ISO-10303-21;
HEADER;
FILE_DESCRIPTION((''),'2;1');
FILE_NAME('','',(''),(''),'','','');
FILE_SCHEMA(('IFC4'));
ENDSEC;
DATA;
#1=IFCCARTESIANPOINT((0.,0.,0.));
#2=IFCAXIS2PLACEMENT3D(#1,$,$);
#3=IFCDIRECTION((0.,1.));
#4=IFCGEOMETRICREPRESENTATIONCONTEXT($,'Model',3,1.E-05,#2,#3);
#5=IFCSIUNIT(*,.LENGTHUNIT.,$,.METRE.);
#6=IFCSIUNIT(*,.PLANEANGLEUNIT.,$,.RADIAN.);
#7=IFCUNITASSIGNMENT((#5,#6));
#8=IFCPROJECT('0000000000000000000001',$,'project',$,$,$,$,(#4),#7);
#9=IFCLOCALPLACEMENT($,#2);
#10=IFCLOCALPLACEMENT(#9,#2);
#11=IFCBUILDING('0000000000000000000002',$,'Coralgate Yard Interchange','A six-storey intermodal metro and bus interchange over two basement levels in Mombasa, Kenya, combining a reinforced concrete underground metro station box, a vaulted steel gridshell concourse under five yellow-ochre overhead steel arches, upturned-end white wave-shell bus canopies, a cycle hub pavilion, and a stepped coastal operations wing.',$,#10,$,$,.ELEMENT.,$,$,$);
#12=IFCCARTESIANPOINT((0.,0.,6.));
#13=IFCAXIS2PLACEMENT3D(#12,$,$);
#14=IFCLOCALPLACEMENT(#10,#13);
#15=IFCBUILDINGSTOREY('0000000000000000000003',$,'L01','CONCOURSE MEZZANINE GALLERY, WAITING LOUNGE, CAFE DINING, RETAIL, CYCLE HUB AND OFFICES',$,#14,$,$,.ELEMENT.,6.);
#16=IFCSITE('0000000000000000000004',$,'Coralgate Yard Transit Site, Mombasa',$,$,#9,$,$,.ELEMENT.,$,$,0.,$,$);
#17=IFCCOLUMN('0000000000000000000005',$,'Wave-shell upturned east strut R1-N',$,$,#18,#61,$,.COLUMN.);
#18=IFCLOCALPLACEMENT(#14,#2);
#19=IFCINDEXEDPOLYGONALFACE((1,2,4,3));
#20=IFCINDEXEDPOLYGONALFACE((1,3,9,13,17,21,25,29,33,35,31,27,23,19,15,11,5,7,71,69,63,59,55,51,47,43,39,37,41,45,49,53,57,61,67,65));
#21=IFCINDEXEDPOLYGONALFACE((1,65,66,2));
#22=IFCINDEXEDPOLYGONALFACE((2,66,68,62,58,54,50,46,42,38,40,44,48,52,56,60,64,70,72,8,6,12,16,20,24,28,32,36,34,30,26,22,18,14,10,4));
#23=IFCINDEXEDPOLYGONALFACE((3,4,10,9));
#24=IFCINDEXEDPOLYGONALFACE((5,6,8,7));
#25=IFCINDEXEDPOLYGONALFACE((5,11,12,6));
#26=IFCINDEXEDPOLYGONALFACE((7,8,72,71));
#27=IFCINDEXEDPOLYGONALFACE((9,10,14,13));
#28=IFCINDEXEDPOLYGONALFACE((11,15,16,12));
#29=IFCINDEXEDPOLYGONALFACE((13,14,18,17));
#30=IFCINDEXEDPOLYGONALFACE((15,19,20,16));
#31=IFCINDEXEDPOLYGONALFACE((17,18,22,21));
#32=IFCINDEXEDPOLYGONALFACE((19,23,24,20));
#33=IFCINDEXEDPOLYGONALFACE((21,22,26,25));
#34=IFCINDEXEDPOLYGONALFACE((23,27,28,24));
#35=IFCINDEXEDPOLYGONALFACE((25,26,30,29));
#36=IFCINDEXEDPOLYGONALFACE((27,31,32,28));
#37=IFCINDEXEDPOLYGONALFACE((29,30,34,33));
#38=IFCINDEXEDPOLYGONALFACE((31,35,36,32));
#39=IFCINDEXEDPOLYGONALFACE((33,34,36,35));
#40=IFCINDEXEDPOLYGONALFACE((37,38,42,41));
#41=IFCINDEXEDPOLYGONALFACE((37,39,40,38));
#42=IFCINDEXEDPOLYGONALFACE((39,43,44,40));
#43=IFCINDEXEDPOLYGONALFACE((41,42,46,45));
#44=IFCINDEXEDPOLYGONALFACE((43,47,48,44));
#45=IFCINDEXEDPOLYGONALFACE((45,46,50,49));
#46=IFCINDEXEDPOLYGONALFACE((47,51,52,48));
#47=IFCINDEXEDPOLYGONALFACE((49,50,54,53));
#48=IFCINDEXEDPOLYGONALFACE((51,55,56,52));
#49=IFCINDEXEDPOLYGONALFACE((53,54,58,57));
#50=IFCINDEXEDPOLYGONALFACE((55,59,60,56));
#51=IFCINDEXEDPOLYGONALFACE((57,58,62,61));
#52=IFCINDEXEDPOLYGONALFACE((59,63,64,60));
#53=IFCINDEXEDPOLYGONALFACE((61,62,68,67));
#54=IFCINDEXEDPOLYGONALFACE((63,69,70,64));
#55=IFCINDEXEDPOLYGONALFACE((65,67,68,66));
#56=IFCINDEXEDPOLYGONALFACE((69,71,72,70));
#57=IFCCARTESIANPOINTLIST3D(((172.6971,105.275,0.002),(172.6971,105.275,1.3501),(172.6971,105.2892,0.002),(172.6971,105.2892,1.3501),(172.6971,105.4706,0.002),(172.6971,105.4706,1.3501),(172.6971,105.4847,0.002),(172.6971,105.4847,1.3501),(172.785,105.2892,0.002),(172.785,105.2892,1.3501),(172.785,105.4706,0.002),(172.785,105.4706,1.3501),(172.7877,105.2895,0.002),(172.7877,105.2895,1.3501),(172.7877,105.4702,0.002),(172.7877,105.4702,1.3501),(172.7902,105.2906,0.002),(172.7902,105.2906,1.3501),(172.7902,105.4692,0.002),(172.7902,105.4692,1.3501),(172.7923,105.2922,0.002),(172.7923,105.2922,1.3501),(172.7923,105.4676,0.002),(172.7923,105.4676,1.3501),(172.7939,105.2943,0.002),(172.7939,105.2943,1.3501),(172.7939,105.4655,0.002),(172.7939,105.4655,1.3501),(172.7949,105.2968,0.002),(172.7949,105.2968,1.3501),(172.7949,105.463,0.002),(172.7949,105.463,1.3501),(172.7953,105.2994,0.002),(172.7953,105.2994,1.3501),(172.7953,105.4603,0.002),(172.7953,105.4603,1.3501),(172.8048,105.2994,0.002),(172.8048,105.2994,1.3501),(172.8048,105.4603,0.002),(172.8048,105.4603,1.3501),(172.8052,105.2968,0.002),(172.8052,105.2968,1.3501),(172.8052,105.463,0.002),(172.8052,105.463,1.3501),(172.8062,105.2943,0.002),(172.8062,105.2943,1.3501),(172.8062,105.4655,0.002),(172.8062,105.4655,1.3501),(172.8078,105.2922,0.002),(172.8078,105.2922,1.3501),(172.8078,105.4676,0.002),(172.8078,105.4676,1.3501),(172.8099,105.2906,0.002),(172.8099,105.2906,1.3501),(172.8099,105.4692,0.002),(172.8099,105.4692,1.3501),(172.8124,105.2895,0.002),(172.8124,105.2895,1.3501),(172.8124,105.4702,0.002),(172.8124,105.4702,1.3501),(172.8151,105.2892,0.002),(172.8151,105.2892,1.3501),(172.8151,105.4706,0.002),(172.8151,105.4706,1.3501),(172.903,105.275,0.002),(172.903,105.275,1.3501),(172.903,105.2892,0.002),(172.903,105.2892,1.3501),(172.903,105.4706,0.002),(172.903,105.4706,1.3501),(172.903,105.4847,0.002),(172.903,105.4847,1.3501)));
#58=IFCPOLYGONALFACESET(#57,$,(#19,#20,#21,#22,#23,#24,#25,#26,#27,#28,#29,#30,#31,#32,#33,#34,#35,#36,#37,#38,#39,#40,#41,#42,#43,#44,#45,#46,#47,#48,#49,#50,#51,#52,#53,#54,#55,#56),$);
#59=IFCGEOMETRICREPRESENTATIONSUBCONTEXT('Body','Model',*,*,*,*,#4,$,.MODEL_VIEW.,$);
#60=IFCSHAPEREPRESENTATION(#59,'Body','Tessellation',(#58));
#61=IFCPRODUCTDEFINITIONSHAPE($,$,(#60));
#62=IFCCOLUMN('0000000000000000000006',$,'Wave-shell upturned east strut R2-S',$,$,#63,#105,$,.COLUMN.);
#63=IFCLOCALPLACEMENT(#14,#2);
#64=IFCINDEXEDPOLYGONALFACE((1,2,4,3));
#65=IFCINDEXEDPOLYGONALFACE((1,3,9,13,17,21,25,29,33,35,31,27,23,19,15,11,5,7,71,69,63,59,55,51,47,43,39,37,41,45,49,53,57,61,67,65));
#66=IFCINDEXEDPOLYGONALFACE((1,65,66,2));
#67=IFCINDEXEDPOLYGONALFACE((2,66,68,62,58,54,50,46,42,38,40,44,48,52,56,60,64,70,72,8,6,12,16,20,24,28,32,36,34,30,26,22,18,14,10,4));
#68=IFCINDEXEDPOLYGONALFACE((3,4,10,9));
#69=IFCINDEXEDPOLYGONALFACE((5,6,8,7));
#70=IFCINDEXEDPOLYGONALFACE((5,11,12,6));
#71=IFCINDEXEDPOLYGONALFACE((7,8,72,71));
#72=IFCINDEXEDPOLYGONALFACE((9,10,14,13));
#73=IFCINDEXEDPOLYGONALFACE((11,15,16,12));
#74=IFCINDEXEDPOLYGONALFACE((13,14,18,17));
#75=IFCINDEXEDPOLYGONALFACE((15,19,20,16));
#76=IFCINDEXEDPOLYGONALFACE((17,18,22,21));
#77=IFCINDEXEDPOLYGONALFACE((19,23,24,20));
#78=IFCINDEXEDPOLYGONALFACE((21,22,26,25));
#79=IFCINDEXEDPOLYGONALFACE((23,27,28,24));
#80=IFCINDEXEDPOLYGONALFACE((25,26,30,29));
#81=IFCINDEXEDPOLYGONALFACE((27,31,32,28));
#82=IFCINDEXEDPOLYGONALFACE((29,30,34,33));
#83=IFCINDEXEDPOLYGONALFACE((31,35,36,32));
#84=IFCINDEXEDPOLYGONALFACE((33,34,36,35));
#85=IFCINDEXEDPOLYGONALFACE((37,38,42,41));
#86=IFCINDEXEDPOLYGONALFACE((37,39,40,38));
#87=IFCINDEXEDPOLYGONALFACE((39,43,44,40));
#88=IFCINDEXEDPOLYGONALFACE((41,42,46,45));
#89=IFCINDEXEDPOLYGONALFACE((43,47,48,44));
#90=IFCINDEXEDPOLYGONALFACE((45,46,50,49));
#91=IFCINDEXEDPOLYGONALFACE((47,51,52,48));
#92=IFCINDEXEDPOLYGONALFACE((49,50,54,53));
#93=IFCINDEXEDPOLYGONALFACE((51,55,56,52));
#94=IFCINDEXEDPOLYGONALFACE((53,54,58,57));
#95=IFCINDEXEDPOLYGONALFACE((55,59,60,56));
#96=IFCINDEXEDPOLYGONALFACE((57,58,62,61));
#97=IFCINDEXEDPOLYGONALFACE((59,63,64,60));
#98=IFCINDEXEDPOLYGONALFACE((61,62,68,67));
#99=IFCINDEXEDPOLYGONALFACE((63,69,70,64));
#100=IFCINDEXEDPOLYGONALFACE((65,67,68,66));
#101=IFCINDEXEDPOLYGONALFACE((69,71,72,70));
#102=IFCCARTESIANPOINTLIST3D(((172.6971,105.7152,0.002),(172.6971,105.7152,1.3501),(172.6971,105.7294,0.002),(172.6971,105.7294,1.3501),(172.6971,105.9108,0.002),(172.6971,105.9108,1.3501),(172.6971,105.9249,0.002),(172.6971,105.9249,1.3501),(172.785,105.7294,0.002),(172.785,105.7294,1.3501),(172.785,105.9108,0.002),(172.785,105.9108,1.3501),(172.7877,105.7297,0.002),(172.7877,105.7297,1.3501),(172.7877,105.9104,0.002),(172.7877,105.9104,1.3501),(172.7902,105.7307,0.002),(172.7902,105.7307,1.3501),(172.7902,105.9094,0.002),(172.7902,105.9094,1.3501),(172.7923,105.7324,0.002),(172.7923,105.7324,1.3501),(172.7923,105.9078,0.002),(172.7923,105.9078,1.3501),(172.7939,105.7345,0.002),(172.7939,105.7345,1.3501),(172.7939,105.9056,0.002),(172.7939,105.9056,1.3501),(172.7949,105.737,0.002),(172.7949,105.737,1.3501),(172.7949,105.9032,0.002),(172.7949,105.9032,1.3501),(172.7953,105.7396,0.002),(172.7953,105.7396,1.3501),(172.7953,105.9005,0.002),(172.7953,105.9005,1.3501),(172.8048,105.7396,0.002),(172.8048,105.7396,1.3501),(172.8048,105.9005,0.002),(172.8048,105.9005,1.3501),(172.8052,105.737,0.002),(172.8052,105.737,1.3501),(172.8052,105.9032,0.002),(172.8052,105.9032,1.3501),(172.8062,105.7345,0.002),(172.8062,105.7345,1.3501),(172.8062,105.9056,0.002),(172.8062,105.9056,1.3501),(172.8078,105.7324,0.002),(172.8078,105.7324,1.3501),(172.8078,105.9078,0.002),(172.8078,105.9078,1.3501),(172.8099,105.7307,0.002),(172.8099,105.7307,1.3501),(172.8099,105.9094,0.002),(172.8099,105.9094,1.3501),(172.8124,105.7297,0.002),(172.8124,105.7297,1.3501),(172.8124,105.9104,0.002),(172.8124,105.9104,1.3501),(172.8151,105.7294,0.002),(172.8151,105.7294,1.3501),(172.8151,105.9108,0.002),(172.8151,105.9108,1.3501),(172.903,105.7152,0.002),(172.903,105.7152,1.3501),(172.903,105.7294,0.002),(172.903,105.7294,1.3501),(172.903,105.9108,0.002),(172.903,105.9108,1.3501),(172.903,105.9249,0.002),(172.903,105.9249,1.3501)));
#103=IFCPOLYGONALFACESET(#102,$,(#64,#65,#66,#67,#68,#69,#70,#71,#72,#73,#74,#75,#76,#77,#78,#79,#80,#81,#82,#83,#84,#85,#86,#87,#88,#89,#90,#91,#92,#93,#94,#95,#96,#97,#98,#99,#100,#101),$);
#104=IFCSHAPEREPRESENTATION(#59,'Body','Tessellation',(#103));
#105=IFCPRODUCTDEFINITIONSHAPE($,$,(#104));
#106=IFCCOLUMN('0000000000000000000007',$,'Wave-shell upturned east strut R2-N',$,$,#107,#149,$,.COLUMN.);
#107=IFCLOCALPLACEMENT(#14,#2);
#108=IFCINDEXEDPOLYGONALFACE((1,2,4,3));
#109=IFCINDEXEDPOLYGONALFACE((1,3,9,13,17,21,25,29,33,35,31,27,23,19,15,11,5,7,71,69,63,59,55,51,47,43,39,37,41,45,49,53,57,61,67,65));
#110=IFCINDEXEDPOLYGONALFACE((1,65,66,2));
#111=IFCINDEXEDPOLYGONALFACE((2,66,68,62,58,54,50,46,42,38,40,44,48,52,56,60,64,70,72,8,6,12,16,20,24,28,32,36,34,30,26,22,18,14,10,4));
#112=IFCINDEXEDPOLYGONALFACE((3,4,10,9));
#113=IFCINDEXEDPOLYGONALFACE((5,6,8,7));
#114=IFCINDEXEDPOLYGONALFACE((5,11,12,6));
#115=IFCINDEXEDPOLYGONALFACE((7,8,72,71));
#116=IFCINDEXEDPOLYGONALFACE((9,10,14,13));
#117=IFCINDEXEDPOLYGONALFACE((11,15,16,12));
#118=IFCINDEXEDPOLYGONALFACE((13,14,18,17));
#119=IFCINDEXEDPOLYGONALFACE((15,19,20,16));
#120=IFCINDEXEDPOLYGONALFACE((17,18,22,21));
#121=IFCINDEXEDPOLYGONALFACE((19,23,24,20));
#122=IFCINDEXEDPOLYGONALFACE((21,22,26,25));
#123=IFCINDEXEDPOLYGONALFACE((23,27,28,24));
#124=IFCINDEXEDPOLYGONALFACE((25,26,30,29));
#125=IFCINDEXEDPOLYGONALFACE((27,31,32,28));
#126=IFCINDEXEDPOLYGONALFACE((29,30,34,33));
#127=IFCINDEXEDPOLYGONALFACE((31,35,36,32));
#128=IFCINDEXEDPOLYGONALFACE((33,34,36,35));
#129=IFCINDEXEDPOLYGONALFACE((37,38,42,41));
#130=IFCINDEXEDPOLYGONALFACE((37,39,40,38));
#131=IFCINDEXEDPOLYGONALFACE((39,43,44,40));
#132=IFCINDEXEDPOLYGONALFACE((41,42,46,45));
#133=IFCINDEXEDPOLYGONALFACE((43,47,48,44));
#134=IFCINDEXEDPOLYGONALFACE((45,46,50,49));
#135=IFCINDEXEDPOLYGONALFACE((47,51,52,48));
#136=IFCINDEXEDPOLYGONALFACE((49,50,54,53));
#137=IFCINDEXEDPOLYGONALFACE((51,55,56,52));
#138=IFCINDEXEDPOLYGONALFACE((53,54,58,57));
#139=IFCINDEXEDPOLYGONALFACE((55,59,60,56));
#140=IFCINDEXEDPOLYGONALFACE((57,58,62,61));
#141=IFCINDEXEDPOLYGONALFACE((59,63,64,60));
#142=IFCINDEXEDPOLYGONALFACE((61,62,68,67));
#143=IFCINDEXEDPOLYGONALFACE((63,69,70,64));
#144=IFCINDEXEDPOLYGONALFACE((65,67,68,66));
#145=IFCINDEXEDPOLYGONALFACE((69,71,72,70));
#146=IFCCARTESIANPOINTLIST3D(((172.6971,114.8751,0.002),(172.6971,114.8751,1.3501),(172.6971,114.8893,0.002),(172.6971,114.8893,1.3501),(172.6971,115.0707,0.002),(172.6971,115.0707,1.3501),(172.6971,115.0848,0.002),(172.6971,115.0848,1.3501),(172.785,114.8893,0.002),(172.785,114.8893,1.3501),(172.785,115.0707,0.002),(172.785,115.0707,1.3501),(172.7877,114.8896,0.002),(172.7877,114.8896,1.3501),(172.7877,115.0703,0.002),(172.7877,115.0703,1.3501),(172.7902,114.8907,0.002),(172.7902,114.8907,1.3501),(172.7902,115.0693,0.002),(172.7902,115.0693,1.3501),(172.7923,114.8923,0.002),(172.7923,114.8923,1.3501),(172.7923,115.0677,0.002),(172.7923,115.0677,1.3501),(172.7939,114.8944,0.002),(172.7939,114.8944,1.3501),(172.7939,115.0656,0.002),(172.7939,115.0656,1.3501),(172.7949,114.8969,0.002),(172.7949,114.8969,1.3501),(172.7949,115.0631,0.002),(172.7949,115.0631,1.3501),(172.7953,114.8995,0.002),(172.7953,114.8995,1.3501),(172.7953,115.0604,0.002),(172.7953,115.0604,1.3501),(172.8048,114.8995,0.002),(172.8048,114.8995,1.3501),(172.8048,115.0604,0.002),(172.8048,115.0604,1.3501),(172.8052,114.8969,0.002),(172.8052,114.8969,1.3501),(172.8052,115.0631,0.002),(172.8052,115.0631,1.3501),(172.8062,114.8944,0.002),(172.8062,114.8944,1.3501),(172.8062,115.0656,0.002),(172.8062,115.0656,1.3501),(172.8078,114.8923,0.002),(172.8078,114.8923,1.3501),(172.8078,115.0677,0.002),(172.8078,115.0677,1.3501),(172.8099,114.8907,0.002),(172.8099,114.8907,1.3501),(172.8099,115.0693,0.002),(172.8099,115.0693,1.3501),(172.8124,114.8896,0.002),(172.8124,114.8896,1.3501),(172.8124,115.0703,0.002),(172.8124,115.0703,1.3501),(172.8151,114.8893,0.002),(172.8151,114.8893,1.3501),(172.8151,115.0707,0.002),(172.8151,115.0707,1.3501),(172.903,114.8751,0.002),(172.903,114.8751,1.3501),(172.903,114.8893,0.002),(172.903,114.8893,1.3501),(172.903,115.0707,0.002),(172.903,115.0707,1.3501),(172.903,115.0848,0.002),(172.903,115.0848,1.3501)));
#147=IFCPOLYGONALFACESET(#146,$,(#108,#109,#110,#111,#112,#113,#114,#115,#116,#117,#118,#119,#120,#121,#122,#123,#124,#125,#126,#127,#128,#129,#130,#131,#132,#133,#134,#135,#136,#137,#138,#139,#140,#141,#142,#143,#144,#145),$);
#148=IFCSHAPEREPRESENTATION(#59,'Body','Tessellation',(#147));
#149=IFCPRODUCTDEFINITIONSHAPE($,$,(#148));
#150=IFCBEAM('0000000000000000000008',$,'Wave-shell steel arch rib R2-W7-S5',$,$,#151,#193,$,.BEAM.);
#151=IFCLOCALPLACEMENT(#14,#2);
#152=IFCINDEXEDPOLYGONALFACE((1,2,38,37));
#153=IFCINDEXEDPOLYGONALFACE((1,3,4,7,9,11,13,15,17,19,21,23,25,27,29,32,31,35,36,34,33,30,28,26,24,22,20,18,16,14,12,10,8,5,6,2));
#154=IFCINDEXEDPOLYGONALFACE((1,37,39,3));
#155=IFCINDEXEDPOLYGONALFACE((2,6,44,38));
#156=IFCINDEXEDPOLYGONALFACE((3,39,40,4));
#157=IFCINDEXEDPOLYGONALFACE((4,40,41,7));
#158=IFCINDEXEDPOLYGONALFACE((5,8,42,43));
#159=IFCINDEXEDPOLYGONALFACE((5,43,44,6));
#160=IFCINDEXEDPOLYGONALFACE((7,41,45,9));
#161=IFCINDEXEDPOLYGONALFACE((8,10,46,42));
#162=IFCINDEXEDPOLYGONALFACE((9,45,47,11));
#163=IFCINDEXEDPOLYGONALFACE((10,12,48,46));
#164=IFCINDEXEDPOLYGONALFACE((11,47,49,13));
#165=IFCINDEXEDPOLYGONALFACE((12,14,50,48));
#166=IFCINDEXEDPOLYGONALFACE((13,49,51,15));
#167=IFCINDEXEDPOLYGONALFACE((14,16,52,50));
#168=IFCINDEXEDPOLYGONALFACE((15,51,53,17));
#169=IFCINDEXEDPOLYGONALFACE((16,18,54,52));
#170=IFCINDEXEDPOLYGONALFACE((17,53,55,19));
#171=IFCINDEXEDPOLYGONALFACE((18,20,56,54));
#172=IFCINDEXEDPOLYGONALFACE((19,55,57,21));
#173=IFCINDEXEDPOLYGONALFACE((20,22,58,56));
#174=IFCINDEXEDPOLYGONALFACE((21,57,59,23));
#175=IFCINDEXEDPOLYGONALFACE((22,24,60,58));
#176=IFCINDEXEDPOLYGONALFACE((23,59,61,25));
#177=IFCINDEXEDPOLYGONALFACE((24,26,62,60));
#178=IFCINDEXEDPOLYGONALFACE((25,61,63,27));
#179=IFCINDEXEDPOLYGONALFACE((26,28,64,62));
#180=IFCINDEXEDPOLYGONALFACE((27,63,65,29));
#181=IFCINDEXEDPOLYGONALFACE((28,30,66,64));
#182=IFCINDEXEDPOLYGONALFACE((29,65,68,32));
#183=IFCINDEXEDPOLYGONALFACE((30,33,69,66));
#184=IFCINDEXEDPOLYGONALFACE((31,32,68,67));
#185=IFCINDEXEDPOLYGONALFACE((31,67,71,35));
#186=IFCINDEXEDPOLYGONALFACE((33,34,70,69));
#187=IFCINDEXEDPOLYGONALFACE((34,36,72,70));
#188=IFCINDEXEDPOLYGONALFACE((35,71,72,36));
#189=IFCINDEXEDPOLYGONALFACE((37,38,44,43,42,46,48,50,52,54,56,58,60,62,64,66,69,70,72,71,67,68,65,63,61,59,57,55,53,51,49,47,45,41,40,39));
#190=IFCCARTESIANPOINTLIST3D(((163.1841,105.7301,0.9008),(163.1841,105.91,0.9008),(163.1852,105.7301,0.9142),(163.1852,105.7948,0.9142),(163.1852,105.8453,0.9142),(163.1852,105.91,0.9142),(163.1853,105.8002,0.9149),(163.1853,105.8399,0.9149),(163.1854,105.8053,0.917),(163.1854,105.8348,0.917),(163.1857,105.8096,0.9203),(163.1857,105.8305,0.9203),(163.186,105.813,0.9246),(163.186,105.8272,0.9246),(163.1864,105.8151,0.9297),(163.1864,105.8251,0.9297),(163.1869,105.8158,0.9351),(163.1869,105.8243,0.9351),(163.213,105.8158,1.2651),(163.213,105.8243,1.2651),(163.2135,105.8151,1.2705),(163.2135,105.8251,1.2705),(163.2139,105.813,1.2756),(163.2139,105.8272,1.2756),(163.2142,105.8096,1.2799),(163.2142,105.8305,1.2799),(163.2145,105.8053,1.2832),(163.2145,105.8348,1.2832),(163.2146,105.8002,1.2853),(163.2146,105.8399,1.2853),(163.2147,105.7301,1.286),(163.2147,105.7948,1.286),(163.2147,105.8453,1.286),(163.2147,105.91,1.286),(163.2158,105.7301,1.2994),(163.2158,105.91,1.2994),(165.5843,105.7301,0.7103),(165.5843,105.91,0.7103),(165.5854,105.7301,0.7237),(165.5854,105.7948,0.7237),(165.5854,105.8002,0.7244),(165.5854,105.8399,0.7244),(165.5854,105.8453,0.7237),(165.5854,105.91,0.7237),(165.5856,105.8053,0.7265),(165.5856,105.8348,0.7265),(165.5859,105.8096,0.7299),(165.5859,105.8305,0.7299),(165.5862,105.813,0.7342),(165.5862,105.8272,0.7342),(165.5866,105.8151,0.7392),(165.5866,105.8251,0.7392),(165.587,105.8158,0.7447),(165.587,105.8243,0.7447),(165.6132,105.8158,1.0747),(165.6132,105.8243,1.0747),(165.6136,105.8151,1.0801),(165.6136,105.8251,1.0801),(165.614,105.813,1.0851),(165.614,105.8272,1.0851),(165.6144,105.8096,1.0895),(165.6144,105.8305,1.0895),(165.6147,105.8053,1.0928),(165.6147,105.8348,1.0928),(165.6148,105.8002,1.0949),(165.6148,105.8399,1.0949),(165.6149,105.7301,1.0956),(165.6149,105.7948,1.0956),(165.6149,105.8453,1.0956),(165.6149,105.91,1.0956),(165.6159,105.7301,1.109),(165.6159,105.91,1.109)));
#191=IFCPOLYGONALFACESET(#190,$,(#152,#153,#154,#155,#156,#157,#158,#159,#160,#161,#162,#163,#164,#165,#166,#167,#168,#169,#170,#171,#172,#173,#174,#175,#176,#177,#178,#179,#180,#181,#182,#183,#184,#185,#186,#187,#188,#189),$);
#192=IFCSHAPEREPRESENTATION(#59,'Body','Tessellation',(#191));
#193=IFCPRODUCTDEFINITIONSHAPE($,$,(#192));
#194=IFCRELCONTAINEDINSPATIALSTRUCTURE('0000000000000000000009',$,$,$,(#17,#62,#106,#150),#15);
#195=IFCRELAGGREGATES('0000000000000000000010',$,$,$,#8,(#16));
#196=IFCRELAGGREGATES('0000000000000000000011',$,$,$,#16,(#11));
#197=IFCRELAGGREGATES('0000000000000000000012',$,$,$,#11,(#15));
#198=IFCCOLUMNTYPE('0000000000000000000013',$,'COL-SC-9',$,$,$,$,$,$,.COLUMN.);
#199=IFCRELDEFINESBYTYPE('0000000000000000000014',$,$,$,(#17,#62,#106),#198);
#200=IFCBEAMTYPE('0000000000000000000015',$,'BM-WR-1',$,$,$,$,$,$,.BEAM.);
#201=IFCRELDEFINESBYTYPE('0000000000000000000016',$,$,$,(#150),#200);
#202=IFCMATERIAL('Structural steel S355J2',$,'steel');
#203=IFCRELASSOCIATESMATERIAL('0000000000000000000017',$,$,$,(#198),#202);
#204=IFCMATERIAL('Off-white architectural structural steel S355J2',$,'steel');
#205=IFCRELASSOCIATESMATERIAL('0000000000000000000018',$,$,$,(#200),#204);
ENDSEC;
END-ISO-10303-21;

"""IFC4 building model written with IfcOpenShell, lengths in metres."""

from ifc_helpers import new_model, si_unit, direction, frame, origin, origin_2d, place, context, subcontext, project, spatial, i_section, extrude, material, material_profile, profile_set, type_object, element, save


model = new_model("IFC4")

# Units and contexts
model_context = context("Model", 3, precision=1e-05, world=origin(), true_north=direction((0.0, 1.0)))
body_context = subcontext(model_context, "Body", "Model", "MODEL_VIEW")
ifc_project = project(units=[si_unit("LENGTHUNIT", "METRE"), si_unit("PLANEANGLEUNIT", "RADIAN")], contexts=[model_context])

# Site, building, storey
site_placement = place(None, origin())
site = spatial("IfcSite", under=ifc_project, at=site_placement, Name="Coralgate Yard Transit Site, Mombasa", CompositionType="ELEMENT", RefElevation=0.0)
building_placement = place(site_placement, origin())
building = spatial("IfcBuilding", under=site, at=building_placement, Name="Coralgate Yard Interchange", Description="A six-storey intermodal metro and bus interchange over two basement levels in Mombasa, Kenya, combining a reinforced concrete underground metro station box, a vaulted steel gridshell concourse under five yellow-ochre overhead steel arches, upturned-end white wave-shell bus canopies, a cycle hub pavilion, and a stepped coastal operations wing.", CompositionType="ELEMENT")
storey_placement = place(building_placement, frame((0.0, 0.0, 6.0)))
storey = spatial("IfcBuildingStorey", under=building, at=storey_placement, Name="L01", Description="CONCOURSE MEZZANINE GALLERY, WAITING LOUNGE, CAFE DINING, RETAIL, CYCLE HUB AND OFFICES", CompositionType="ELEMENT", Elevation=6.0)

# Columns
ifc_material_1 = material(Name="Structural steel S355J2", Category="steel")
ifc_material_profile_1 = material_profile(ifc_material_1, i_section(OverallWidth=0.2058, OverallDepth=0.2097, WebThickness=0.0095, FlangeThickness=0.0142, FilletRadius=0.0103, at=origin_2d()), Name="UC 203x203x60")
ifc_profile_set_1 = profile_set([ifc_material_profile_1], Name="Structural steel S355J2")
column_type = type_object("IfcColumnType", Name="COL-SC-9", PredefinedType="COLUMN", material=ifc_profile_set_1)
for number, where, z_axis, x_axis, name in (
    (1, (172.8, 105.3799, 0.002), (0.0, 0.0, 1.0), (1.0, 0.0, 0.0), "Wave-shell upturned east strut R1-N"),
    (2, (172.8, 105.8201, 0.002), (0.0, 0.0, 1.0), (1.0, 0.0, 0.0), "Wave-shell upturned east strut R2-S"),
    (3, (172.8, 114.98, 0.002), (0.0, 0.0, 1.0), (1.0, 0.0, 0.0), "Wave-shell upturned east strut R2-N"),
):
    element("IfcColumn", number, at=place(storey_placement, frame(where, z_axis=z_axis, x_axis=x_axis)), inside=storey, type_object=column_type, Name=name, PredefinedType="COLUMN", context=body_context, shape_type="SweptSolid", body=[
        extrude(i_section(OverallWidth=0.2058, OverallDepth=0.2097, WebThickness=0.0095, FlangeThickness=0.0142, FilletRadius=0.0103, at=origin_2d()), origin(), (0.0, 0.0, 1.0), 1.3481),
    ])

# Beam
ifc_material_2 = material(Name="Off-white architectural structural steel S355J2", Category="steel")
ifc_material_profile_2 = material_profile(ifc_material_2, i_section(OverallWidth=0.1799, OverallDepth=0.3999, WebThickness=0.0085, FlangeThickness=0.0134, FilletRadius=0.021, at=origin_2d()), Name="IPE 400")
ifc_profile_set_2 = profile_set([ifc_material_profile_2], Name="Off-white architectural structural steel S355J2")
beam_type_1 = type_object("IfcBeamType", Name="BM-WR-1", PredefinedType="BEAM", material=ifc_profile_set_2)
beam_1_placement = place(storey_placement, frame((163.2, 105.8201, 1.1001), z_axis=(0.996867, 0.0, -0.079092), x_axis=(0.0, 1.0, 0.0)))
element("IfcBeam", 4, at=beam_1_placement, inside=storey, type_object=beam_type_1, Name="Wave-shell steel arch rib R2-W7-S5", PredefinedType="BEAM", context=body_context, shape_type="SweptSolid", body=[
    extrude(i_section(OverallWidth=0.1799, OverallDepth=0.3999, WebThickness=0.0085, FlangeThickness=0.0134, FilletRadius=0.021, at=origin_2d()), origin(), (0.0, 0.0, 1.0), 2.4077),
])

save(model, "model.ifc")
